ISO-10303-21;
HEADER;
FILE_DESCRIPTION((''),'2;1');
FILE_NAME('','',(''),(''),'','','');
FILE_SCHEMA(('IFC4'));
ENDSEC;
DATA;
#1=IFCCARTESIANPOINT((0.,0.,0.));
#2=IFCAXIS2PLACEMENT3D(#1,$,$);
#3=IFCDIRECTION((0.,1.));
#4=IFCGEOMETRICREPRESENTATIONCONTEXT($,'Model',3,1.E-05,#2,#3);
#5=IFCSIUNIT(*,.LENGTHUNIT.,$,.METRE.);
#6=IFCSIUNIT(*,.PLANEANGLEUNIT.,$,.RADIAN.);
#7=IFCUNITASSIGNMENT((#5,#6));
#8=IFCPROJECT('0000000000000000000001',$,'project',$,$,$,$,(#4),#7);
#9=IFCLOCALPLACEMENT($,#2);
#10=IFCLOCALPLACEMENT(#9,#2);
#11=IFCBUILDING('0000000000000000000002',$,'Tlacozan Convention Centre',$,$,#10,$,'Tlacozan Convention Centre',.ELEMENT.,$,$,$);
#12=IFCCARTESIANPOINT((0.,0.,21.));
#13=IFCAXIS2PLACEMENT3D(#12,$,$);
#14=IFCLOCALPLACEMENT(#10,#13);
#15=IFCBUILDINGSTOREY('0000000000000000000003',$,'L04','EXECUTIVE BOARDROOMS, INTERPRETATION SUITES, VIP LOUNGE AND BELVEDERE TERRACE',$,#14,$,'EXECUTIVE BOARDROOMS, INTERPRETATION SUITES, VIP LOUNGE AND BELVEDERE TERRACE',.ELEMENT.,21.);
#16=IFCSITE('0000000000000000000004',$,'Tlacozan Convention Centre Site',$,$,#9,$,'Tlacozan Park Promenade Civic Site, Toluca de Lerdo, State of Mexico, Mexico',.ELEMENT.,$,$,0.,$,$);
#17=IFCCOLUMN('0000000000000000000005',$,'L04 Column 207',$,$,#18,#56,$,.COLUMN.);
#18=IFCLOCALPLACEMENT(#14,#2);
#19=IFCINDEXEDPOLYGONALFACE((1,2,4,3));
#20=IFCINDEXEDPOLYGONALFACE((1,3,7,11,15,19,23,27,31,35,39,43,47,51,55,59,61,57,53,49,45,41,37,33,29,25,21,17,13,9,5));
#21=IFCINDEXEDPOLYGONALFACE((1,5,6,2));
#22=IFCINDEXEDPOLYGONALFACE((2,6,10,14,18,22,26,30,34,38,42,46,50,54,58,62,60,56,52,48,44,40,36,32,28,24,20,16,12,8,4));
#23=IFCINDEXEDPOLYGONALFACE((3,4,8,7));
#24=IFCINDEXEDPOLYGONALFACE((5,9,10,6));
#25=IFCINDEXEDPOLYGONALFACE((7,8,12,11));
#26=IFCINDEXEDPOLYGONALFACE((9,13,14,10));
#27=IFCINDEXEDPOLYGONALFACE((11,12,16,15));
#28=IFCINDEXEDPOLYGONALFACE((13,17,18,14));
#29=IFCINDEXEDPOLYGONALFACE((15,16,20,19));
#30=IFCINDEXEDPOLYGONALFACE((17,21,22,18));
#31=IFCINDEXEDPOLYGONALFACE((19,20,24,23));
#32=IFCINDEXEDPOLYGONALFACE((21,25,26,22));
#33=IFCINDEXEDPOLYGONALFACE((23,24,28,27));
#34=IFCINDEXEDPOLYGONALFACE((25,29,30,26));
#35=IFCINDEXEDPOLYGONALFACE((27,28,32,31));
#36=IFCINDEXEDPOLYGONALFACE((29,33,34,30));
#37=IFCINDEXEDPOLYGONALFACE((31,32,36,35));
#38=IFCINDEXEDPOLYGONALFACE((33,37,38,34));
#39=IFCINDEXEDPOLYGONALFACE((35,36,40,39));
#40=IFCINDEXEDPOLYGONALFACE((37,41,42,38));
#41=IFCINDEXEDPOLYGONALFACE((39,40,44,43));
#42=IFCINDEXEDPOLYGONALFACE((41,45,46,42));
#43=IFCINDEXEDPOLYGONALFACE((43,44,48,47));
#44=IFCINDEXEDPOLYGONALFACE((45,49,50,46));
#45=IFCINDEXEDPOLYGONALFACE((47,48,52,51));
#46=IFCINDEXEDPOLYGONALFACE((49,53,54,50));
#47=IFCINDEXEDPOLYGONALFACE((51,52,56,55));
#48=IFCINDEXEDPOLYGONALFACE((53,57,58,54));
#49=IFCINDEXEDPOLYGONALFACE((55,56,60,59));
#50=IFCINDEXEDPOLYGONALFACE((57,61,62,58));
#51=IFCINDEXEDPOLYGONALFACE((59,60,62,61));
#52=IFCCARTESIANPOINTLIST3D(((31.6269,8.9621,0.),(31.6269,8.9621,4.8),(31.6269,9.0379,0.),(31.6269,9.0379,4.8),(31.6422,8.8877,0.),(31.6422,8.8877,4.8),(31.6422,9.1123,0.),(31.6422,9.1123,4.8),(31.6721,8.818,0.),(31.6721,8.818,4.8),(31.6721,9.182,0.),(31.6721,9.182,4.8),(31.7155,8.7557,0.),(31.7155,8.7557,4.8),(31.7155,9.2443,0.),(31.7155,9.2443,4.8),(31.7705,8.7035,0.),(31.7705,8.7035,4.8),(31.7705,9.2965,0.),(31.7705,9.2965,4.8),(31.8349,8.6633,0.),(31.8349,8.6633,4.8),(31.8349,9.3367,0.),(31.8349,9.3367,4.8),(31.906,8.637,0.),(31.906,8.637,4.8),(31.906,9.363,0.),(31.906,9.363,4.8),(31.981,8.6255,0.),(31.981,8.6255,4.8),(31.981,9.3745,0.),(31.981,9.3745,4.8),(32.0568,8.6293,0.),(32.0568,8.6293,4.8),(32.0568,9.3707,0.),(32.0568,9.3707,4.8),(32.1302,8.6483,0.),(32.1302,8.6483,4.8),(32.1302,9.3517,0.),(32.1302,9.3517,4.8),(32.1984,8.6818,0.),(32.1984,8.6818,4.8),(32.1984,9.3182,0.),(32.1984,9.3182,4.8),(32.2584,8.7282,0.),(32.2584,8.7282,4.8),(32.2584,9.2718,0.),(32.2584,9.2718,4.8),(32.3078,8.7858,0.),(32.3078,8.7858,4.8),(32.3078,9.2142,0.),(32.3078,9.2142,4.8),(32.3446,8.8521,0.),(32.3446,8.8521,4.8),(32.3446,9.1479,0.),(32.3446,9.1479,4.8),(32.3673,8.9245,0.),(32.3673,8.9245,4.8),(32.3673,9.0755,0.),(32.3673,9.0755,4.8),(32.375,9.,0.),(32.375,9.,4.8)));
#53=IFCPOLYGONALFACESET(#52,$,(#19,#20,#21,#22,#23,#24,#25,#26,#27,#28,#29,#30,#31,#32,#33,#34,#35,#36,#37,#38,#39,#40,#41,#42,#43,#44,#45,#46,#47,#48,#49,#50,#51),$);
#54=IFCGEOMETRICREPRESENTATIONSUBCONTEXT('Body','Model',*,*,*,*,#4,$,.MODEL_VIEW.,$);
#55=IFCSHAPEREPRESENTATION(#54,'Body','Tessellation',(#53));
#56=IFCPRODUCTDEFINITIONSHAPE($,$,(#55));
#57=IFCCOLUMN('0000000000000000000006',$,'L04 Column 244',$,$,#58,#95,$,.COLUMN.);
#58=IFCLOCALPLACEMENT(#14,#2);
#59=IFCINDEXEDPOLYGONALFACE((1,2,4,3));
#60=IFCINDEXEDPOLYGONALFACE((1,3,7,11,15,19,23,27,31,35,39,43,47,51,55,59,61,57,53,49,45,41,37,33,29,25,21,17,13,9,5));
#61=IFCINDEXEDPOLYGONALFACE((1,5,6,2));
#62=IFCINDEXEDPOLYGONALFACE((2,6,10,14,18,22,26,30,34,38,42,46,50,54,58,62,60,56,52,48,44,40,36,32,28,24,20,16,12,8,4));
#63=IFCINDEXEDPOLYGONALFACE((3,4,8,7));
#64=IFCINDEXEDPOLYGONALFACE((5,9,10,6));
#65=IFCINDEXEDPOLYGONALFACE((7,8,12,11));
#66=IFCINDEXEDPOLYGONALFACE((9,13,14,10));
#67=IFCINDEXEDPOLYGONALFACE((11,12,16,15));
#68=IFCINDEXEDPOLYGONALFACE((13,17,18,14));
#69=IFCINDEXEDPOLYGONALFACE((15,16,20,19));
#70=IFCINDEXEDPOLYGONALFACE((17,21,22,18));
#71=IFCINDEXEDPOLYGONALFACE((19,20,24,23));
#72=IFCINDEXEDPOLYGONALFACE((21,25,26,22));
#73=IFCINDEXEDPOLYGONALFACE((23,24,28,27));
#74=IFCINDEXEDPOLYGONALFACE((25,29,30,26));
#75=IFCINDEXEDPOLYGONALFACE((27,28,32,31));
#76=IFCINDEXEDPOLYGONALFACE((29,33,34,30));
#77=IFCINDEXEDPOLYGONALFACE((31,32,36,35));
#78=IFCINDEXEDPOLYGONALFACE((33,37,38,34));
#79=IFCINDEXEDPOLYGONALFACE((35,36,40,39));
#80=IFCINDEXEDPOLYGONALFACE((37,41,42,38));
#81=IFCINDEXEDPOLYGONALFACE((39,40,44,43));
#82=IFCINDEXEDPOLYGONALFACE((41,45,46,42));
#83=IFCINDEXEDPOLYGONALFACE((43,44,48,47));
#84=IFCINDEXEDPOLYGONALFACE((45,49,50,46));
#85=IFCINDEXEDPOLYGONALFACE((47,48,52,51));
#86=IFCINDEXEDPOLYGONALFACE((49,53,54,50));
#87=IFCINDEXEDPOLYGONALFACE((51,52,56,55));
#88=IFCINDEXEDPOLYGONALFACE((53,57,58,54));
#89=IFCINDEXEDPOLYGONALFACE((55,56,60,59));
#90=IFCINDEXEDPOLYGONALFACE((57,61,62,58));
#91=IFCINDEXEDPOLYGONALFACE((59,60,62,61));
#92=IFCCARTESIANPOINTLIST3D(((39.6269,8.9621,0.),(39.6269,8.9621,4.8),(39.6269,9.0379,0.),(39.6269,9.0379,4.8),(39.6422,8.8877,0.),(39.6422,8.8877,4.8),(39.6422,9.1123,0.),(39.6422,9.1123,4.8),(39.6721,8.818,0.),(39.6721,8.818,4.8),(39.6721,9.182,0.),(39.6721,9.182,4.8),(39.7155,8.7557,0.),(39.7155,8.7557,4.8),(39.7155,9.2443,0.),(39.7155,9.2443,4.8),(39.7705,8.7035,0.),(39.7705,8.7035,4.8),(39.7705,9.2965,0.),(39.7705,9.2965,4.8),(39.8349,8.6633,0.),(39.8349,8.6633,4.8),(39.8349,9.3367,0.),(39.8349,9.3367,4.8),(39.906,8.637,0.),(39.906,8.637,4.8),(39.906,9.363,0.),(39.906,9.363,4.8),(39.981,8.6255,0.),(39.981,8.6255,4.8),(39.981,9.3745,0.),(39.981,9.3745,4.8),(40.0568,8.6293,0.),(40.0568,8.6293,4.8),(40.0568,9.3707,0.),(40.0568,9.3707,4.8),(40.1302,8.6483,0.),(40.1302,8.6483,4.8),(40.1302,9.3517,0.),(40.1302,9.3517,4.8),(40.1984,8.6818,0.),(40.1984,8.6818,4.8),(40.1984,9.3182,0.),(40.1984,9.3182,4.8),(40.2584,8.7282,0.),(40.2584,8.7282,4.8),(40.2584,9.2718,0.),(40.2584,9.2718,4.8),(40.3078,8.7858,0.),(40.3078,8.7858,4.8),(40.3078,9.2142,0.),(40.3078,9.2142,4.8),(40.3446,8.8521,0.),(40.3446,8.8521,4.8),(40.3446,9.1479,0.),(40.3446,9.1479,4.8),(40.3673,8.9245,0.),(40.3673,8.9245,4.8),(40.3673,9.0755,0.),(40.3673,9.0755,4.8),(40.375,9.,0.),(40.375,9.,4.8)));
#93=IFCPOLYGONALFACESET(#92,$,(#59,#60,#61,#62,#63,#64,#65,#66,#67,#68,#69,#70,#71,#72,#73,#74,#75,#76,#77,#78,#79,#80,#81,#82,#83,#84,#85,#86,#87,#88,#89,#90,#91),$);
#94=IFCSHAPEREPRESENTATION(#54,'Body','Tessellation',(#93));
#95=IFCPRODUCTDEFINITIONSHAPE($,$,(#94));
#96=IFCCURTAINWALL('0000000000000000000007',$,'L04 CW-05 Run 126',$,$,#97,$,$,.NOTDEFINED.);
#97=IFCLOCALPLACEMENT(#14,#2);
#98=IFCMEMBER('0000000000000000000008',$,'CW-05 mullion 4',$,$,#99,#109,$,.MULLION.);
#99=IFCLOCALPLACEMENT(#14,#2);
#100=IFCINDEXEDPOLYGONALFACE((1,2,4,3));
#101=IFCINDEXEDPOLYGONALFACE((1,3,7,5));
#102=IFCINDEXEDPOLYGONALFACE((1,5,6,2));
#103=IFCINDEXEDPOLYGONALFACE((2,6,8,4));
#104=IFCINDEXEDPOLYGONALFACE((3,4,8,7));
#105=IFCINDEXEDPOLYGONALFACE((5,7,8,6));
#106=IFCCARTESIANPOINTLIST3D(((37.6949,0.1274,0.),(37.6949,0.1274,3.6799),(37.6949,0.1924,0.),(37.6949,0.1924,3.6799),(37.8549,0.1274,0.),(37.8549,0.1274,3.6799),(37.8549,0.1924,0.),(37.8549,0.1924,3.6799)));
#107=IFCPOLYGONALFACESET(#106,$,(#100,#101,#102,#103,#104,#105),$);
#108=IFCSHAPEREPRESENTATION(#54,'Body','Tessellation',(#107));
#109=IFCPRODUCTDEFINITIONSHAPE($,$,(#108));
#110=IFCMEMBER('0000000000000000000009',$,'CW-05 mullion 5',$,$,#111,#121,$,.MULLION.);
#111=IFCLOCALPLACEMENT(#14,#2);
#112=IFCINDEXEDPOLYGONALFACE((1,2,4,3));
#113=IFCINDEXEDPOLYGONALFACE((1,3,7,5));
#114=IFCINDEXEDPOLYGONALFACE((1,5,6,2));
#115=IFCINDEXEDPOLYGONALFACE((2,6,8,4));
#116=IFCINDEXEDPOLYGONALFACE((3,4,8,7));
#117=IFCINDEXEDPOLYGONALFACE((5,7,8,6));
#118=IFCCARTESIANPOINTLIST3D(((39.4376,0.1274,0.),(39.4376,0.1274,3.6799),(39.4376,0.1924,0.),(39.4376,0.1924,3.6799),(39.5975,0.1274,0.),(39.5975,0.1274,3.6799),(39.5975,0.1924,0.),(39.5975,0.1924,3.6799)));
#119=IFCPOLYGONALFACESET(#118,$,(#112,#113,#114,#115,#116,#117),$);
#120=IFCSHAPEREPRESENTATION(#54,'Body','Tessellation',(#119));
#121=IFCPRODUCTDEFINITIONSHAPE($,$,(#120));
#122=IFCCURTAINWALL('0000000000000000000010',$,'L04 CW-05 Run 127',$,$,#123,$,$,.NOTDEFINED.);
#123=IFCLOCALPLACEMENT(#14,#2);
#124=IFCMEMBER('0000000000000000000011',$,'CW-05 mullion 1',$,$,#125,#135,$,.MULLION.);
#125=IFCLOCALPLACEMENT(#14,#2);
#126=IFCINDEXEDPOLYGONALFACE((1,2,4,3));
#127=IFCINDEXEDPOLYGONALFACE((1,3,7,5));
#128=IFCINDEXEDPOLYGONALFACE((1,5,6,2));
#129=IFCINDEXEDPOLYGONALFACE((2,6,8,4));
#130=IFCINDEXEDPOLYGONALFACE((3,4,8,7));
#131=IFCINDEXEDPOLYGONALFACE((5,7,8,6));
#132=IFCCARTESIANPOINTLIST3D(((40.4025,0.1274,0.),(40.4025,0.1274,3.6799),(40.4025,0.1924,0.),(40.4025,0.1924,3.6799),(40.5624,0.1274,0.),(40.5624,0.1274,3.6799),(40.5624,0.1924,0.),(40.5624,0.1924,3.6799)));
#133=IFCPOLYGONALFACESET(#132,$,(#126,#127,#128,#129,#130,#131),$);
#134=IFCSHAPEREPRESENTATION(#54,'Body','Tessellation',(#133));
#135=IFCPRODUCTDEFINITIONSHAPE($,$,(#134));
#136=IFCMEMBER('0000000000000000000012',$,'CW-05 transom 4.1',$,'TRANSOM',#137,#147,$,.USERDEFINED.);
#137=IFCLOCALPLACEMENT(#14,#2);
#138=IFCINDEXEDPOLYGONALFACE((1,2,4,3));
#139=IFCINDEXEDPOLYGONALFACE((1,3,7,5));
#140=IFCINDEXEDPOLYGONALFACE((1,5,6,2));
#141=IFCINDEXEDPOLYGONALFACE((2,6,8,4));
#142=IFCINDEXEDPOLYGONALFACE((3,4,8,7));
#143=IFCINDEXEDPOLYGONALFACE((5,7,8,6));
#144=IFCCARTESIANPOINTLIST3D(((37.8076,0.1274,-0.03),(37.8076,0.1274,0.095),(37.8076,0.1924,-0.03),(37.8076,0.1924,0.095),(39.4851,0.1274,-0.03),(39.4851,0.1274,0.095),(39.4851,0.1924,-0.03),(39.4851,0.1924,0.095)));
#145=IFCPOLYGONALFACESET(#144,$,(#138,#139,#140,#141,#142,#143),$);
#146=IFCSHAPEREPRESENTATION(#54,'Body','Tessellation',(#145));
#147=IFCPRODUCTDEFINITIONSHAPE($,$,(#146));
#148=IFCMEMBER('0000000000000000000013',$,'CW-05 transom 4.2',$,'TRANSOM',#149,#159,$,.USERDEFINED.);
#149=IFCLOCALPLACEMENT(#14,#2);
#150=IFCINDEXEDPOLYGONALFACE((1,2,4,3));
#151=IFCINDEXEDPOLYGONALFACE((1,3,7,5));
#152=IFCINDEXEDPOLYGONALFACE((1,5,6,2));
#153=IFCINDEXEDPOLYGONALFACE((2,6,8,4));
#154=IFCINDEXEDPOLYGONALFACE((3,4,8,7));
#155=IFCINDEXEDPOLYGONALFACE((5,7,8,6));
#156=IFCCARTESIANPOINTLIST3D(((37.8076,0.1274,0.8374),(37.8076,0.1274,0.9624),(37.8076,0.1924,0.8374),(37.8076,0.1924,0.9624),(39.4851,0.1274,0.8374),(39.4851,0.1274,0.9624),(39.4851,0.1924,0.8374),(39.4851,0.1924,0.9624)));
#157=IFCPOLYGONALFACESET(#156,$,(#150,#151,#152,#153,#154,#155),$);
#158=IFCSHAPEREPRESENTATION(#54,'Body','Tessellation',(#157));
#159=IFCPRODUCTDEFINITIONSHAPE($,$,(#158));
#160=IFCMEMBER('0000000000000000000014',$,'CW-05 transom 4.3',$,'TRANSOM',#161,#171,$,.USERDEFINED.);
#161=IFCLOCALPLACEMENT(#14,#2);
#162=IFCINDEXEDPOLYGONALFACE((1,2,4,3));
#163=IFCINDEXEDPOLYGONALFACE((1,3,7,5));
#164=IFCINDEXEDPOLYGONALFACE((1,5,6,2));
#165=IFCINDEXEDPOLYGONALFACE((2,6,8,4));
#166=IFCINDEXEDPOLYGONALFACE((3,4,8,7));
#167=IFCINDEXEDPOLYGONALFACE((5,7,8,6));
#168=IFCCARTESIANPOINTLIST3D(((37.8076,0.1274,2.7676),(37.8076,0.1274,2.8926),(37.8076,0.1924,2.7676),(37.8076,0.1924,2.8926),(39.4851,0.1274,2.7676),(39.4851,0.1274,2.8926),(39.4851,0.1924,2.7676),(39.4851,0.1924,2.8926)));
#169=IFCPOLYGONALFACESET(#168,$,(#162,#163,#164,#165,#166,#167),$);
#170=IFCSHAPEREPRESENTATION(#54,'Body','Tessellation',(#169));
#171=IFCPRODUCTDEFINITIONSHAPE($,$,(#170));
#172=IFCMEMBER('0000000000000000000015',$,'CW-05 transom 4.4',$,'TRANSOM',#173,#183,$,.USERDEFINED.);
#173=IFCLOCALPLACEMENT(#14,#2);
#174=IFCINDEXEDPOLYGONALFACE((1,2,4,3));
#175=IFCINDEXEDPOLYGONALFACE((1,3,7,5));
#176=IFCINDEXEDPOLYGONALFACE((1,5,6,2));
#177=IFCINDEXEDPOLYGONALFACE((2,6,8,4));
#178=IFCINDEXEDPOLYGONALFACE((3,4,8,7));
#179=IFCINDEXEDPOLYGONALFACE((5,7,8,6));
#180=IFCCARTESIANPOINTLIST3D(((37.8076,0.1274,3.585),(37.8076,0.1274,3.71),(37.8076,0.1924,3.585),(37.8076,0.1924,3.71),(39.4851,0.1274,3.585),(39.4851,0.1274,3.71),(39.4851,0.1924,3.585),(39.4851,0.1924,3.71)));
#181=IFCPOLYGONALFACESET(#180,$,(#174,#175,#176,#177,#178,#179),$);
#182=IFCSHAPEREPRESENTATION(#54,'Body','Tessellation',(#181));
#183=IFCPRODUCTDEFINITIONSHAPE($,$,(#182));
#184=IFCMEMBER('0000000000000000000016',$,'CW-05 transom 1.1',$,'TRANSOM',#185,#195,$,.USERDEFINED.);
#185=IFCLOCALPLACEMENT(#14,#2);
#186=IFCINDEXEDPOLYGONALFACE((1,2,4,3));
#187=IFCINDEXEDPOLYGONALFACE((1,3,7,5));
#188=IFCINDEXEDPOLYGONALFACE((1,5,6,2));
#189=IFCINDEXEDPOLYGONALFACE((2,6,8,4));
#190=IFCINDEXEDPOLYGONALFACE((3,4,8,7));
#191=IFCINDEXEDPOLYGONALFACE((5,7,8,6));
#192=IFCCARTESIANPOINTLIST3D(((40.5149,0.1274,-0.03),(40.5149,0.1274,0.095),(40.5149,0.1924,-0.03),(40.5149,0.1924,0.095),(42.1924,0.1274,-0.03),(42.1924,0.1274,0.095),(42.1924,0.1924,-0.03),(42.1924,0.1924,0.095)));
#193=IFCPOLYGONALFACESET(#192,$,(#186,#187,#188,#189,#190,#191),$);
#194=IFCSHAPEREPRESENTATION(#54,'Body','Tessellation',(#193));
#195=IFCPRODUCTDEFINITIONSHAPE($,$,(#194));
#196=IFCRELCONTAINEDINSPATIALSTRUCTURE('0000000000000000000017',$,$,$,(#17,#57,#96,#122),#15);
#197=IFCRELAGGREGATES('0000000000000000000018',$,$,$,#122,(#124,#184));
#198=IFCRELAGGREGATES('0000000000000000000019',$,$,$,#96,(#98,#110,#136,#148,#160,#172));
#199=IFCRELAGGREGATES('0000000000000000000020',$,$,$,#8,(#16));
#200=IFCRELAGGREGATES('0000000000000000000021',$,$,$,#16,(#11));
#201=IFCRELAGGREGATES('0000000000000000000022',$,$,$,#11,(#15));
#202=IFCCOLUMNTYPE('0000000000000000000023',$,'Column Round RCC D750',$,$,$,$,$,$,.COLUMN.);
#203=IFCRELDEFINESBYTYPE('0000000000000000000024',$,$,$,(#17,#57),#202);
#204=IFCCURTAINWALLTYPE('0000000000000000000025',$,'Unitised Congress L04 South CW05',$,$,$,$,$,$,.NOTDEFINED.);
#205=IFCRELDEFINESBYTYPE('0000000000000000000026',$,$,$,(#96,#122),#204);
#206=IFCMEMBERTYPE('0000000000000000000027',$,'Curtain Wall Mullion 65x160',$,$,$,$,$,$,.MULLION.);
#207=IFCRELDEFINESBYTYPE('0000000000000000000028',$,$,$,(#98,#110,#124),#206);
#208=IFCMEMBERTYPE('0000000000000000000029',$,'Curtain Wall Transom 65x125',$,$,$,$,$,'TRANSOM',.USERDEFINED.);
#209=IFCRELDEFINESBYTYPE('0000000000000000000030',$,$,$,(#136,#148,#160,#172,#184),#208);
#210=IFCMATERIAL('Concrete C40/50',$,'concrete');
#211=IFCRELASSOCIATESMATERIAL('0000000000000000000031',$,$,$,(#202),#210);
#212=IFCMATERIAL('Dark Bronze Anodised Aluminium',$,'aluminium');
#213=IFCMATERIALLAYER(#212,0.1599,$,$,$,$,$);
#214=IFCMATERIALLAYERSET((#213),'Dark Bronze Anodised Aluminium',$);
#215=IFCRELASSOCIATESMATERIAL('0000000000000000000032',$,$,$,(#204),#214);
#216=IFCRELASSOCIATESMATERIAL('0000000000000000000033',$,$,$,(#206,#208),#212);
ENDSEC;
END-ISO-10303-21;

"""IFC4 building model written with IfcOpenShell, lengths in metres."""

from ifc_helpers import new_model, si_unit, direction, frame, origin, origin_2d, place, context, subcontext, project, spatial, rectangle, circle, extrude, material, layer, layer_set, material_profile, profile_set, type_object, element, aggregate, save


model = new_model("IFC4")

# Units and contexts
model_context = context("Model", 3, precision=1e-05, world=origin(), true_north=direction((0.0, 1.0)))
body_context = subcontext(model_context, "Body", "Model", "MODEL_VIEW")
ifc_project = project(units=[si_unit("LENGTHUNIT", "METRE"), si_unit("PLANEANGLEUNIT", "RADIAN")], contexts=[model_context])

# Site, building, storey
site_placement = place(None, origin())
site = spatial("IfcSite", under=ifc_project, at=site_placement, Name="Tlacozan Convention Centre Site", LongName="Tlacozan Park Promenade Civic Site, Toluca de Lerdo, State of Mexico, Mexico", CompositionType="ELEMENT", RefElevation=0.0)
building_placement = place(site_placement, origin())
building = spatial("IfcBuilding", under=site, at=building_placement, Name="Tlacozan Convention Centre", LongName="Tlacozan Convention Centre", CompositionType="ELEMENT")
storey_placement = place(building_placement, frame((0.0, 0.0, 21.0)))
storey = spatial("IfcBuildingStorey", under=building, at=storey_placement, Name="L04", Description="EXECUTIVE BOARDROOMS, INTERPRETATION SUITES, VIP LOUNGE AND BELVEDERE TERRACE", LongName="EXECUTIVE BOARDROOMS, INTERPRETATION SUITES, VIP LOUNGE AND BELVEDERE TERRACE", CompositionType="ELEMENT", Elevation=21.0)

# Columns
ifc_material_1 = material(Name="Concrete C40/50", Category="concrete")
ifc_material_profile_1 = material_profile(ifc_material_1, circle(Radius=0.375, at=origin_2d()), Name="RCC D750")
ifc_profile_set_1 = profile_set([ifc_material_profile_1], Name="Concrete C40/50")
column_type = type_object("IfcColumnType", Name="Column Round RCC D750", PredefinedType="COLUMN", material=ifc_profile_set_1)
for number, where, z_axis, x_axis, name in (
    (1, (32.0, 9.0, 0.0), (0.0, 0.0, 1.0), (1.0, 0.0, 0.0), "L04 Column 207"),
    (2, (40.0, 9.0, 0.0), (0.0, 0.0, 1.0), (1.0, 0.0, 0.0), "L04 Column 244"),
):
    element("IfcColumn", number, at=place(storey_placement, frame(where, z_axis=z_axis, x_axis=x_axis)), inside=storey, type_object=column_type, Name=name, PredefinedType="COLUMN", context=body_context, shape_type="SweptSolid", body=[
        extrude(circle(Radius=0.375, at=origin_2d()), origin(), (0.0, 0.0, 1.0), 4.8),
    ])

# Curtain wall, members
ifc_material_2 = material(Name="Dark Bronze Anodised Aluminium", Category="aluminium")
ifc_layer_1 = layer(ifc_material_2, 0.1599)
ifc_layer_set_1 = layer_set([ifc_layer_1], Name="Dark Bronze Anodised Aluminium")
curtain_wall_type = type_object("IfcCurtainWallType", Name="Unitised Congress L04 South CW05", PredefinedType="NOTDEFINED", material=ifc_layer_set_1)
curtain_wall_1_placement = place(storey_placement, origin())
curtain_wall_1 = element("IfcCurtainWall", 3, at=curtain_wall_1_placement, inside=storey, type_object=curtain_wall_type, Name="L04 CW-05 Run 126", PredefinedType="NOTDEFINED")
ifc_material_profile_2 = material_profile(ifc_material_2, rectangle(XDim=0.0649, YDim=0.1599, at=origin_2d()), Name="ALU 65x160")
ifc_profile_set_2 = profile_set([ifc_material_profile_2], Name="Dark Bronze Anodised Aluminium")
member_type_1 = type_object("IfcMemberType", Name="Curtain Wall Mullion 65x160", PredefinedType="MULLION", material=ifc_profile_set_2)
member_1_placement = place(storey_placement, frame((37.7749, 0.1599, 0.0), z_axis=(0.0, 0.0, 1.0), x_axis=(0.0, 1.0, 0.0)))
member_1 = element("IfcMember", 4, at=member_1_placement, type_object=member_type_1, Name="CW-05 mullion 4", PredefinedType="MULLION", context=body_context, shape_type="SweptSolid", body=[
    extrude(rectangle(XDim=0.0649, YDim=0.1599, at=origin_2d()), origin(), (0.0, 0.0, 1.0), 3.6799),
])
member_2_placement = place(storey_placement, frame((39.5176, 0.1599, 0.0), z_axis=(0.0, 0.0, 1.0), x_axis=(0.0, 1.0, 0.0)))
member_2 = element("IfcMember", 5, at=member_2_placement, type_object=member_type_1, Name="CW-05 mullion 5", PredefinedType="MULLION", context=body_context, shape_type="SweptSolid", body=[
    extrude(rectangle(XDim=0.0649, YDim=0.1599, at=origin_2d()), origin(), (0.0, 0.0, 1.0), 3.6799),
])

# Curtain wall, member
curtain_wall_2_placement = place(storey_placement, origin())
curtain_wall_2 = element("IfcCurtainWall", 6, at=curtain_wall_2_placement, inside=storey, type_object=curtain_wall_type, Name="L04 CW-05 Run 127", PredefinedType="NOTDEFINED")
member_3_placement = place(storey_placement, frame((40.4824, 0.1599, 0.0), z_axis=(0.0, 0.0, 1.0), x_axis=(0.0, 1.0, 0.0)))
member_3 = element("IfcMember", 7, at=member_3_placement, type_object=member_type_1, Name="CW-05 mullion 1", PredefinedType="MULLION", context=body_context, shape_type="SweptSolid", body=[
    extrude(rectangle(XDim=0.0649, YDim=0.1599, at=origin_2d()), origin(), (0.0, 0.0, 1.0), 3.6799),
])

# Members
ifc_material_profile_3 = material_profile(ifc_material_2, rectangle(XDim=0.0649, YDim=0.125, at=origin_2d()), Name="ALU 65x125")
ifc_profile_set_3 = profile_set([ifc_material_profile_3], Name="Dark Bronze Anodised Aluminium")
member_type_2 = type_object("IfcMemberType", Name="Curtain Wall Transom 65x125", ElementType="TRANSOM", PredefinedType="USERDEFINED", material=ifc_profile_set_3)
member_4_placement = place(storey_placement, frame((37.8076, 0.1599, 0.0325), z_axis=(1.0, 0.0, 0.0), x_axis=(0.0, 1.0, 0.0)))
member_4 = element("IfcMember", 8, at=member_4_placement, type_object=member_type_2, Name="CW-05 transom 4.1", ObjectType="TRANSOM", PredefinedType="USERDEFINED", context=body_context, shape_type="SweptSolid", body=[
    extrude(rectangle(XDim=0.0649, YDim=0.125, at=origin_2d()), origin(), (0.0, 0.0, 1.0), 1.6775),
])
member_5_placement = place(storey_placement, frame((37.8076, 0.1599, 0.8999), z_axis=(1.0, 0.0, 0.0), x_axis=(0.0, 1.0, 0.0)))
member_5 = element("IfcMember", 9, at=member_5_placement, type_object=member_type_2, Name="CW-05 transom 4.2", ObjectType="TRANSOM", PredefinedType="USERDEFINED", context=body_context, shape_type="SweptSolid", body=[
    extrude(rectangle(XDim=0.0649, YDim=0.125, at=origin_2d()), origin(), (0.0, 0.0, 1.0), 1.6775),
])
member_6_placement = place(storey_placement, frame((37.8076, 0.1599, 2.8301), z_axis=(1.0, 0.0, 0.0), x_axis=(0.0, 1.0, 0.0)))
member_6 = element("IfcMember", 10, at=member_6_placement, type_object=member_type_2, Name="CW-05 transom 4.3", ObjectType="TRANSOM", PredefinedType="USERDEFINED", context=body_context, shape_type="SweptSolid", body=[
    extrude(rectangle(XDim=0.0649, YDim=0.125, at=origin_2d()), origin(), (0.0, 0.0, 1.0), 1.6775),
])
member_7_placement = place(storey_placement, frame((37.8076, 0.1599, 3.6475), z_axis=(1.0, 0.0, 0.0), x_axis=(0.0, 1.0, 0.0)))
member_7 = element("IfcMember", 11, at=member_7_placement, type_object=member_type_2, Name="CW-05 transom 4.4", ObjectType="TRANSOM", PredefinedType="USERDEFINED", context=body_context, shape_type="SweptSolid", body=[
    extrude(rectangle(XDim=0.0649, YDim=0.125, at=origin_2d()), origin(), (0.0, 0.0, 1.0), 1.6775),
])
member_8_placement = place(storey_placement, frame((40.5149, 0.1599, 0.0325), z_axis=(1.0, 0.0, 0.0), x_axis=(0.0, 1.0, 0.0)))
member_8 = element("IfcMember", 12, at=member_8_placement, type_object=member_type_2, Name="CW-05 transom 1.1", ObjectType="TRANSOM", PredefinedType="USERDEFINED", context=body_context, shape_type="SweptSolid", body=[
    extrude(rectangle(XDim=0.0649, YDim=0.125, at=origin_2d()), origin(), (0.0, 0.0, 1.0), 1.6775),
])
aggregate(curtain_wall_2, [member_3, member_8])

aggregate(curtain_wall_1, [member_1, member_2, member_4, member_5, member_6, member_7])

save(model, "model.ifc")
